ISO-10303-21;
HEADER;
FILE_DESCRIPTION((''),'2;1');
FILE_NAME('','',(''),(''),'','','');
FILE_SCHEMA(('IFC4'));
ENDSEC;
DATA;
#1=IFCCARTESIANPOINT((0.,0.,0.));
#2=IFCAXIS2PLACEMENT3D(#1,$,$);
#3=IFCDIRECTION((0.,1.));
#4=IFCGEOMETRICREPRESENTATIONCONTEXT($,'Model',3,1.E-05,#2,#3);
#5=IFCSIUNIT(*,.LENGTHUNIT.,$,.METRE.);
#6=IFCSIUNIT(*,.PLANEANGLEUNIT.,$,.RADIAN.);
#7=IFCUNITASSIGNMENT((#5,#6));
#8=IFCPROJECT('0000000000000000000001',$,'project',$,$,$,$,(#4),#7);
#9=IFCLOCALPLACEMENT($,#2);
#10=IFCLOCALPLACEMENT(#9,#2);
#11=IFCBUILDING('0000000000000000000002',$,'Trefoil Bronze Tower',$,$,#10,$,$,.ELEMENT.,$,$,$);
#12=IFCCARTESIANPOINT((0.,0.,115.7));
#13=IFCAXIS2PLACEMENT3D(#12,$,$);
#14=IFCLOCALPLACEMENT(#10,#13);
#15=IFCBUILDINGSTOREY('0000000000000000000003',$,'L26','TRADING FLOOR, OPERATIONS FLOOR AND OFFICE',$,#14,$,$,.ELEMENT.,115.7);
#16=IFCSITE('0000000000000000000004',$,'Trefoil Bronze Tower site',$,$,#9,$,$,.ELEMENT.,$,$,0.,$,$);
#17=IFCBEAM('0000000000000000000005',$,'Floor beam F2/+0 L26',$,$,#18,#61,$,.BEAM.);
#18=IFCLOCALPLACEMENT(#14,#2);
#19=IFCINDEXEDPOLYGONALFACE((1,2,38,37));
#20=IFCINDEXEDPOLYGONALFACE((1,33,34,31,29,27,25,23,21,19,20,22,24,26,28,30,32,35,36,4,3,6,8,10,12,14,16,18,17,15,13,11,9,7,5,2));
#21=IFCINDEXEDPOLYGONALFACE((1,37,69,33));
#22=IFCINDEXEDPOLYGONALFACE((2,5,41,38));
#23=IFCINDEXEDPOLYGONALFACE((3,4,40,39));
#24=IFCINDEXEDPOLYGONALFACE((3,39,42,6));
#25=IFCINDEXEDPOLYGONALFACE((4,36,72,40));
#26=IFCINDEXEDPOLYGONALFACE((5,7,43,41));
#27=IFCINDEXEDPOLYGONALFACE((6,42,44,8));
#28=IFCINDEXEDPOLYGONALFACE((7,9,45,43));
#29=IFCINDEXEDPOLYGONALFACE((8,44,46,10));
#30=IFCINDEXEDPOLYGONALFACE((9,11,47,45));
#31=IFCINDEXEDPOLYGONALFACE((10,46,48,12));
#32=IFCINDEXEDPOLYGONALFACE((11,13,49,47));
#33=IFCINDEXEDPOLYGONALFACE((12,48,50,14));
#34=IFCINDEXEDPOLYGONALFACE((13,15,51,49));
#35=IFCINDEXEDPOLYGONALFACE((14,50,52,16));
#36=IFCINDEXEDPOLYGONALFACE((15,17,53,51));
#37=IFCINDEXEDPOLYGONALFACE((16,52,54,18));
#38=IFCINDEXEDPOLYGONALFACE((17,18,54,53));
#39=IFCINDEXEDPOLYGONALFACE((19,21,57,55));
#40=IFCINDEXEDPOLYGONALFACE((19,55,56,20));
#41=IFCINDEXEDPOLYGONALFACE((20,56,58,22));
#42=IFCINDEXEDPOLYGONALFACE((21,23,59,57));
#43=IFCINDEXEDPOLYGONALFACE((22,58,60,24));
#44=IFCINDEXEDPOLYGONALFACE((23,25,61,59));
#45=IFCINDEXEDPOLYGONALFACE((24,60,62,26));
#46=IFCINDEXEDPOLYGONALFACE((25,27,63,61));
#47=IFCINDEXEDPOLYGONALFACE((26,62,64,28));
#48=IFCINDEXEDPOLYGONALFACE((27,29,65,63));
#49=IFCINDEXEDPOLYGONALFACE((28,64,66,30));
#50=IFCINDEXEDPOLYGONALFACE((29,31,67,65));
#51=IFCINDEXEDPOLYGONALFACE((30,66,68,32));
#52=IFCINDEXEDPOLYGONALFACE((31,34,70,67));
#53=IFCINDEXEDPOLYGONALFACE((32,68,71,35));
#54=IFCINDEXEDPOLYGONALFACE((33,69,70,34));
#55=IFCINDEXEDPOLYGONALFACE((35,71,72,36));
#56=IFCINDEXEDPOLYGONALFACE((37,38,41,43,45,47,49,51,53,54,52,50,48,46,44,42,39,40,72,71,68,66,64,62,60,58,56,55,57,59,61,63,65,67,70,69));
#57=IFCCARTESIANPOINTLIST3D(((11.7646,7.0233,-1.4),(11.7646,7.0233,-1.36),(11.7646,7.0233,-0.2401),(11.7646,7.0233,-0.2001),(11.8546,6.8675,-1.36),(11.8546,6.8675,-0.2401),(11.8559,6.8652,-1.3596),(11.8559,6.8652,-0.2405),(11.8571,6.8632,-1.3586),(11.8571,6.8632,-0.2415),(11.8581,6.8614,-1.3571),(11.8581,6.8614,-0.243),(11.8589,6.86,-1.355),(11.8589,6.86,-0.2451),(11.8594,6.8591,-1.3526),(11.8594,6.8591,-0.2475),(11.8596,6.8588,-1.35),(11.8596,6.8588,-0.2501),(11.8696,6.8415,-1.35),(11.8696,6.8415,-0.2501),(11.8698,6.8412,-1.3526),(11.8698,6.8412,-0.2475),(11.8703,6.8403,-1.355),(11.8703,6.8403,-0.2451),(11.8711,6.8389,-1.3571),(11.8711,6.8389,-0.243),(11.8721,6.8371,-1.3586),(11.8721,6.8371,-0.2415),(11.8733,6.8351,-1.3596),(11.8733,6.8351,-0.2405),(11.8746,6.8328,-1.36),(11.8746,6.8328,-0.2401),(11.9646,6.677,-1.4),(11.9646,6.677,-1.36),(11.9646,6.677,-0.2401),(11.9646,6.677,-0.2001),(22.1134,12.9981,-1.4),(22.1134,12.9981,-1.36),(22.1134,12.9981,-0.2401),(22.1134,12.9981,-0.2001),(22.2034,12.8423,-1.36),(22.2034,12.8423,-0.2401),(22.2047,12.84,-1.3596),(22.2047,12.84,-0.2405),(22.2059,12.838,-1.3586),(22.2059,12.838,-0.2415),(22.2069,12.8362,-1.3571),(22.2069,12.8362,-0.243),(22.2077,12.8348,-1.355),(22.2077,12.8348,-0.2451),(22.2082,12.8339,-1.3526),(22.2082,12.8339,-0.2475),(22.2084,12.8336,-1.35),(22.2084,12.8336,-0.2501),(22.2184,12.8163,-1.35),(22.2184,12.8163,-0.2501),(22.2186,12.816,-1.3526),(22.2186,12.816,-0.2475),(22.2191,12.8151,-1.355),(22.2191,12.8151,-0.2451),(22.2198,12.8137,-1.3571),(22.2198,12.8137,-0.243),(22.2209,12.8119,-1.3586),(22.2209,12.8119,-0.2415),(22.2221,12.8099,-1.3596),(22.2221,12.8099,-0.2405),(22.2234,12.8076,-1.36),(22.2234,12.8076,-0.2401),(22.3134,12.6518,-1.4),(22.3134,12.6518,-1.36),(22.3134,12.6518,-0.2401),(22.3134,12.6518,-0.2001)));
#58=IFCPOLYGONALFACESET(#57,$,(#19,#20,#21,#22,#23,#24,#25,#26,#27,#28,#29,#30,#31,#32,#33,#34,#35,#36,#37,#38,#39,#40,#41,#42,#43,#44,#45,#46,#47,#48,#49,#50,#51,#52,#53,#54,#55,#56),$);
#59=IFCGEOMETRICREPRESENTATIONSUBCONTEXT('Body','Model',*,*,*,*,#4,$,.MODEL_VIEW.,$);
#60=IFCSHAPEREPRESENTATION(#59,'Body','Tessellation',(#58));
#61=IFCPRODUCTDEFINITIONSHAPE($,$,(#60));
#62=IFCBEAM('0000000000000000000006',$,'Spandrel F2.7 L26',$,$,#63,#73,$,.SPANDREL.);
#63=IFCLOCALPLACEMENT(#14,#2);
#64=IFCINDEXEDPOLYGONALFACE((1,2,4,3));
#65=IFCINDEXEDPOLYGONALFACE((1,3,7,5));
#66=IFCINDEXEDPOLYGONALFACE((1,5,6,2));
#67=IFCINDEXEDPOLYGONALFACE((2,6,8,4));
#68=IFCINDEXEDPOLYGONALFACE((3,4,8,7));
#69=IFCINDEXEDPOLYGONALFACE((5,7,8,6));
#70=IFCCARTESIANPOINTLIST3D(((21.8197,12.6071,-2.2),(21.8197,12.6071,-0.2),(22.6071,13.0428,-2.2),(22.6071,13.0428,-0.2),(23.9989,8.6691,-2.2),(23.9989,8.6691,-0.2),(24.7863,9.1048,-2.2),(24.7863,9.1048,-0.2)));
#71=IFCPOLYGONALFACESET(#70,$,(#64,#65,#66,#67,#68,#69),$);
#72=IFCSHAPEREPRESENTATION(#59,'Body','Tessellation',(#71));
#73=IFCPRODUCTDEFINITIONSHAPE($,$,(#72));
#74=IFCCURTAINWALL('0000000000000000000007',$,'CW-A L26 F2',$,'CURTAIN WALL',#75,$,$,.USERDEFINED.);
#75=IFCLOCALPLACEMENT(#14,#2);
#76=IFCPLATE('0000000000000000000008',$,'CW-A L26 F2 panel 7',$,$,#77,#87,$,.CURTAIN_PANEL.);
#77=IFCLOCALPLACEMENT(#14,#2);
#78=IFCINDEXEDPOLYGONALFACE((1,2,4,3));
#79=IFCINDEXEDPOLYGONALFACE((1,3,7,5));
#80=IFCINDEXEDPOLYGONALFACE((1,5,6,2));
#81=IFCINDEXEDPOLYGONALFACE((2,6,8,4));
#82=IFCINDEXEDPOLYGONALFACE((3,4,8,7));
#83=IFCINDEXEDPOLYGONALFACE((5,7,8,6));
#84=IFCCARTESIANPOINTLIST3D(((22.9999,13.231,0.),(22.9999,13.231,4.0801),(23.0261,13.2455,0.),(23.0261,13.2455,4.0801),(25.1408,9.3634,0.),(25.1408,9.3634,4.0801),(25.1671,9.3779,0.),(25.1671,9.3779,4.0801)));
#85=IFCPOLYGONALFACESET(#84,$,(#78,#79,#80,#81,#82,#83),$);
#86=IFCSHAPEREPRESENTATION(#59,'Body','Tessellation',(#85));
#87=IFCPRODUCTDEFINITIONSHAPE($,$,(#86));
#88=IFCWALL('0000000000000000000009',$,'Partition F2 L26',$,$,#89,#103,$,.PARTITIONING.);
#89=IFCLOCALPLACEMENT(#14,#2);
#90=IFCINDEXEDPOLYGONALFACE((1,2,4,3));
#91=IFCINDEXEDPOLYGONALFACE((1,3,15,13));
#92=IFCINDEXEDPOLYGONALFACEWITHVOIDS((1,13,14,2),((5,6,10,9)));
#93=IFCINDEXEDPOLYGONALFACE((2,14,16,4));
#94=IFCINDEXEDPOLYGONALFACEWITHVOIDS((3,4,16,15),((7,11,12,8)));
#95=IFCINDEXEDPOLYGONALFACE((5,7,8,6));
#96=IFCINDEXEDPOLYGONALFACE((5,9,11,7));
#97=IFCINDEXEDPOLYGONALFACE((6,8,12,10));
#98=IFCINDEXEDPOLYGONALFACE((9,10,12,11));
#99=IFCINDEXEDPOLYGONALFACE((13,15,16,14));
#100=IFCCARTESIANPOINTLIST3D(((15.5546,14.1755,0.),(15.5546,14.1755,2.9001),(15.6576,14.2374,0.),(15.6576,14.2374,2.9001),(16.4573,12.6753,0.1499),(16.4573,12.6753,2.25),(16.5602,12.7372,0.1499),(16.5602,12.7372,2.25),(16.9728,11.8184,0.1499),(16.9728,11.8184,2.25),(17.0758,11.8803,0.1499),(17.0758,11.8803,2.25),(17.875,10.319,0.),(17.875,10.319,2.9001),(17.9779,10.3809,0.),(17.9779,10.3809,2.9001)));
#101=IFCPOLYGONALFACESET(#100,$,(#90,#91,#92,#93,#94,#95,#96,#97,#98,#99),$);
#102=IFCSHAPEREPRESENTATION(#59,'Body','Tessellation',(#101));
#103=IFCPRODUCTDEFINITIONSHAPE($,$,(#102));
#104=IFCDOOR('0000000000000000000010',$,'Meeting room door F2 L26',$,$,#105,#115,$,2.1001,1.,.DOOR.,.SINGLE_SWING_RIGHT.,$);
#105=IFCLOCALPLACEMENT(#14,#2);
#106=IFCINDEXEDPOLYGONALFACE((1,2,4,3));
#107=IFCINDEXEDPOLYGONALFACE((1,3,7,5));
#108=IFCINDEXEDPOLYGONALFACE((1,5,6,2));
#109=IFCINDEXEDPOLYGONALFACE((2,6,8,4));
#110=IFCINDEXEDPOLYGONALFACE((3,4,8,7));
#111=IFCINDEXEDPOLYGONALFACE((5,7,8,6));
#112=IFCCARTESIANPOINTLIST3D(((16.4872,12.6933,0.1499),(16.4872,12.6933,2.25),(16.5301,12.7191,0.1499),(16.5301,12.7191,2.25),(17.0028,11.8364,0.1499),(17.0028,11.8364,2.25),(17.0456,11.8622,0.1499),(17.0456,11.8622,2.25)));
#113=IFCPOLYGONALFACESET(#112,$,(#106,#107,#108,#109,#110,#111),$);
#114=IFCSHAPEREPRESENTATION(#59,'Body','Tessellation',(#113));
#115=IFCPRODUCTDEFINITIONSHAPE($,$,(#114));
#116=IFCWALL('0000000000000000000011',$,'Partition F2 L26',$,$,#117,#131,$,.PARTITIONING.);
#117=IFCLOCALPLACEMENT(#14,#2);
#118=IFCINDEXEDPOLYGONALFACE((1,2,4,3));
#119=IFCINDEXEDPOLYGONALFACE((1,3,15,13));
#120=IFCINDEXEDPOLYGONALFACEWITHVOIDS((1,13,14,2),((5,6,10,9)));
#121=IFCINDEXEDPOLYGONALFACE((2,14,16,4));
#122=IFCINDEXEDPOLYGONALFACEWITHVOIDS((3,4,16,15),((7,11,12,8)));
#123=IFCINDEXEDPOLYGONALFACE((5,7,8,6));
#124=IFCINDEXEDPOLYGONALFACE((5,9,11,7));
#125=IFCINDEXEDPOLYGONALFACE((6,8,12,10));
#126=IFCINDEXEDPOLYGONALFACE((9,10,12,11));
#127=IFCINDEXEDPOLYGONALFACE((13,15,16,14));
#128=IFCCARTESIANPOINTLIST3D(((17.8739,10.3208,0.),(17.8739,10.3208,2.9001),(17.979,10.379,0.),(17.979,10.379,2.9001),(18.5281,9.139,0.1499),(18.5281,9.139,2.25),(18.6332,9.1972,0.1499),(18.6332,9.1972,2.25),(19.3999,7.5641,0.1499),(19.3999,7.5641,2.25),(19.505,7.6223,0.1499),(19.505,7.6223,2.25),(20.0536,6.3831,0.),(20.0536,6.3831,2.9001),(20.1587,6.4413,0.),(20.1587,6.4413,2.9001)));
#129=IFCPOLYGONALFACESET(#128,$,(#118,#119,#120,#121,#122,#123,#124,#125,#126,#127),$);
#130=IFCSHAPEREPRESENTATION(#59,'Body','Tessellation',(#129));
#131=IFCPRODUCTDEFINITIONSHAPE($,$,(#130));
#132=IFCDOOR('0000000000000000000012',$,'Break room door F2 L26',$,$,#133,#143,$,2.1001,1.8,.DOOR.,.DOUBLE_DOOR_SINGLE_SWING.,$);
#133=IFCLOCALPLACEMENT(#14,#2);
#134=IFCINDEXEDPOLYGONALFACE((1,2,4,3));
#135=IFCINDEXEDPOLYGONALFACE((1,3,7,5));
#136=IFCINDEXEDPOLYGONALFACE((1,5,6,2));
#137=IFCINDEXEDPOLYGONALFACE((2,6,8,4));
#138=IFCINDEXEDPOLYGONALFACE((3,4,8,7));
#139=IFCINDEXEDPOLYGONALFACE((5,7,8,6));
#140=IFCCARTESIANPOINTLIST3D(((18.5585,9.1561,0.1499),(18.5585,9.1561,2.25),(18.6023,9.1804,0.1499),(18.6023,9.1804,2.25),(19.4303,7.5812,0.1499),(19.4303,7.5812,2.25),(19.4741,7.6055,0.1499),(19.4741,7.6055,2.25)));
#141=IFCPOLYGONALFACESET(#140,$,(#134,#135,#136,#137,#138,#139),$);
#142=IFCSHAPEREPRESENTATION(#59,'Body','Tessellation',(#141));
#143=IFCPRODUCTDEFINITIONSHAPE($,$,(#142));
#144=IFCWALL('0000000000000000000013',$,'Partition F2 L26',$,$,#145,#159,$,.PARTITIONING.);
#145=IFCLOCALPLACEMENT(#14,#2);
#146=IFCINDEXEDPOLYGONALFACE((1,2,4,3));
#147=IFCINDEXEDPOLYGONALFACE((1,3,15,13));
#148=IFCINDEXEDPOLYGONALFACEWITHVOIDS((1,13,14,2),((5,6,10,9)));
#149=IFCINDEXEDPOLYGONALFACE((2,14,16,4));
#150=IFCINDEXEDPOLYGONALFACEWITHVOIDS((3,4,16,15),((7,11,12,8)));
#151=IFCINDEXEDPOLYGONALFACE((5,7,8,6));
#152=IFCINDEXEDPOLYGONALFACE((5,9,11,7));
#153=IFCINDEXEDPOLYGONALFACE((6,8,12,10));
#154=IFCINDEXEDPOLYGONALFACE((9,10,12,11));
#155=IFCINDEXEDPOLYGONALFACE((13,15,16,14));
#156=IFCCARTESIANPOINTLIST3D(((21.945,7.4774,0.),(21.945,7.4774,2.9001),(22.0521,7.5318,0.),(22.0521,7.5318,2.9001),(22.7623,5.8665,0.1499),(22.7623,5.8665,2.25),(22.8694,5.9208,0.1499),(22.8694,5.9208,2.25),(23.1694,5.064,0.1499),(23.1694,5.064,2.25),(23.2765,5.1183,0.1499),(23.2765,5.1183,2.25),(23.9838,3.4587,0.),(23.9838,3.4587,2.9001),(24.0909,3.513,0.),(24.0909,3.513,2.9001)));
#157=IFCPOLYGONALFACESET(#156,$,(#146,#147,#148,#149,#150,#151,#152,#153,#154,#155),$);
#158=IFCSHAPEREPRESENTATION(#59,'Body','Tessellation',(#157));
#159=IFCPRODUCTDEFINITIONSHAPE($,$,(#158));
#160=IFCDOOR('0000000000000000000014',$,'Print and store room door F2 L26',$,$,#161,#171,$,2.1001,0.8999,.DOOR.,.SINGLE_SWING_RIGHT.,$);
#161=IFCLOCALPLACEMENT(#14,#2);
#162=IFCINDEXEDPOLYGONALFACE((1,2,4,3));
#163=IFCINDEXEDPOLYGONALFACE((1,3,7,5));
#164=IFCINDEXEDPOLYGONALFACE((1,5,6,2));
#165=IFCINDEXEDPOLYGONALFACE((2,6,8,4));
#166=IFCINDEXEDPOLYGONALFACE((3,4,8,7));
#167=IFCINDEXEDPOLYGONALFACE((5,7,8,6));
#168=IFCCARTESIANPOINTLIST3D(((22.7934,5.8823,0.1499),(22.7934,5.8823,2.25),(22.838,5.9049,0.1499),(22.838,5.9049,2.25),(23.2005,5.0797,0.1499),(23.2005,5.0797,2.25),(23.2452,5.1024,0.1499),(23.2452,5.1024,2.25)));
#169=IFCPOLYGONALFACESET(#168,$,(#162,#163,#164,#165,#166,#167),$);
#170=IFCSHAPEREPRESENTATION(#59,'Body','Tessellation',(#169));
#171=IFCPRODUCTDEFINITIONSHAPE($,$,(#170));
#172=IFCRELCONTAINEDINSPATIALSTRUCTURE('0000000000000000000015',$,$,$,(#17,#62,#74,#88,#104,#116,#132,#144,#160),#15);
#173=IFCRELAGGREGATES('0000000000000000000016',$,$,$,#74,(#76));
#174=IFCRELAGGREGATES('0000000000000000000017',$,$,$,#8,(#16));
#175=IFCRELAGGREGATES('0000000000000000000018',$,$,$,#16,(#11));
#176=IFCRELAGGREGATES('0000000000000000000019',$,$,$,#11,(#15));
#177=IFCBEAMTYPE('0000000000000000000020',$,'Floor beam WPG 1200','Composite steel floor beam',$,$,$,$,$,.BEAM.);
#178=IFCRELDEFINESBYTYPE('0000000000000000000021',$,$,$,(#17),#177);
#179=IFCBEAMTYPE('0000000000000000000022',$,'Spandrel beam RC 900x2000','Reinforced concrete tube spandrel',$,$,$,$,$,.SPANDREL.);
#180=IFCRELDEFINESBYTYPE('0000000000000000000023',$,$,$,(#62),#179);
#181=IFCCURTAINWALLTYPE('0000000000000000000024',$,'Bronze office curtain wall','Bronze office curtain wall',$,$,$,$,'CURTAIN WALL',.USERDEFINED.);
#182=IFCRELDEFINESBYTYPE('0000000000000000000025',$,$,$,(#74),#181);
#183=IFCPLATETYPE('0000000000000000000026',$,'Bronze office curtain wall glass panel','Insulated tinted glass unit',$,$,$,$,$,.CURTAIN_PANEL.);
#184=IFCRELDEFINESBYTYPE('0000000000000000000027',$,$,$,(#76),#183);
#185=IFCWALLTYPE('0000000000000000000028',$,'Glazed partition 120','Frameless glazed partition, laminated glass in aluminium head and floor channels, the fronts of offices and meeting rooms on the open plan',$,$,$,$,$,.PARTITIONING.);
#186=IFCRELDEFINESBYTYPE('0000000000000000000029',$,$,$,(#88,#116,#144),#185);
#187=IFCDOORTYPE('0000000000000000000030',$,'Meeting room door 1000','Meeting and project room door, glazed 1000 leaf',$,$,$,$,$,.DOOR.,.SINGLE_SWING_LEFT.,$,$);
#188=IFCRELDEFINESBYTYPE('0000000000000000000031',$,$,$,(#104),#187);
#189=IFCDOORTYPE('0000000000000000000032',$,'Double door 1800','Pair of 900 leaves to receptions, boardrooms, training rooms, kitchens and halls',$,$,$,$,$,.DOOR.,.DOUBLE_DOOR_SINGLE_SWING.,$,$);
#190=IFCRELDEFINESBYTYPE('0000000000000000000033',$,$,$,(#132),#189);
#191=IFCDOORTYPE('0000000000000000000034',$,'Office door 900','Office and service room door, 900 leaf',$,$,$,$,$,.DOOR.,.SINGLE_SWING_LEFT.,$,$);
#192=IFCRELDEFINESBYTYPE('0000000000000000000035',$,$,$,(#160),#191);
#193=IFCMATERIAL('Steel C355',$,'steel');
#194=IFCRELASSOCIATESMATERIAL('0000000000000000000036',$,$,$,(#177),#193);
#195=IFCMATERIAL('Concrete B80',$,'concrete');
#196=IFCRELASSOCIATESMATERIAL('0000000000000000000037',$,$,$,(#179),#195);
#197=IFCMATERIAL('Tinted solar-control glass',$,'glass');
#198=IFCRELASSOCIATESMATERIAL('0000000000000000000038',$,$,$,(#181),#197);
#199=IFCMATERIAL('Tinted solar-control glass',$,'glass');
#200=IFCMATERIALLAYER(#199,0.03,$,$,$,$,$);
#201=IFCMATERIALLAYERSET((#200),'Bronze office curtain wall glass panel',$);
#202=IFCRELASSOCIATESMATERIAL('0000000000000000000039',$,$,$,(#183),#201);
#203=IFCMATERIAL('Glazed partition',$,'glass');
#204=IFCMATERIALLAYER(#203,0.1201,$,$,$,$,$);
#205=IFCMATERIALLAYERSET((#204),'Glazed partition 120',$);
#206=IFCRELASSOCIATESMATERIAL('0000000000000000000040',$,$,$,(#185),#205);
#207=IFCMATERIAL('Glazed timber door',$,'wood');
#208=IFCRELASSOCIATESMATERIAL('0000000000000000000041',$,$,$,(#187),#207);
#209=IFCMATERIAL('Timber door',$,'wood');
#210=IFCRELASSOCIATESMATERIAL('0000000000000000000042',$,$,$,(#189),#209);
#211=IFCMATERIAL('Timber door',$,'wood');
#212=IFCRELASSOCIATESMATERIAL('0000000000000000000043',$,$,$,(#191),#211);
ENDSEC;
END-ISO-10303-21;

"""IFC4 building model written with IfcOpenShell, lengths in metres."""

from ifc_helpers import new_model, si_unit, direction, frame, frame_2d, origin, origin_2d, place, context, subcontext, project, spatial, rectangle, i_section, extrude, material, layer, layer_set, material_profile, profile_set, type_object, element, fill, aggregate, save


model = new_model("IFC4")

# Units and contexts
model_context = context("Model", 3, precision=1e-05, world=origin(), true_north=direction((0.0, 1.0)))
body_context = subcontext(model_context, "Body", "Model", "MODEL_VIEW")
ifc_project = project(units=[si_unit("LENGTHUNIT", "METRE"), si_unit("PLANEANGLEUNIT", "RADIAN")], contexts=[model_context])

# Site, building, storey
site_placement = place(None, origin())
site = spatial("IfcSite", under=ifc_project, at=site_placement, Name="Trefoil Bronze Tower site", CompositionType="ELEMENT", RefElevation=0.0)
building_placement = place(site_placement, origin())
building = spatial("IfcBuilding", under=site, at=building_placement, Name="Trefoil Bronze Tower", CompositionType="ELEMENT")
storey_placement = place(building_placement, frame((0.0, 0.0, 115.7)))
storey = spatial("IfcBuildingStorey", under=building, at=storey_placement, Name="L26", Description="TRADING FLOOR, OPERATIONS FLOOR AND OFFICE", CompositionType="ELEMENT", Elevation=115.7)

# Beams
ifc_material_1 = material(Name="Steel C355", Category="steel")
ifc_material_profile_1 = material_profile(ifc_material_1, i_section(OverallWidth=0.3999, OverallDepth=1.2, WebThickness=0.02, FlangeThickness=0.04, FilletRadius=0.01, at=origin_2d()), Name="WPG 1200")
ifc_profile_set_1 = profile_set([ifc_material_profile_1], Name="Steel C355")
beam_type_1 = type_object("IfcBeamType", Name="Floor beam WPG 1200", Description="Composite steel floor beam", PredefinedType="BEAM", material=ifc_profile_set_1)
beam_1_placement = place(storey_placement, frame((22.2134, 12.825, -0.8), z_axis=(-0.866028, -0.499995, 0.0), x_axis=(0.499995, -0.866028, 0.0)))
element("IfcBeam", 1, at=beam_1_placement, inside=storey, type_object=beam_type_1, Name="Floor beam F2/+0 L26", PredefinedType="BEAM", context=body_context, shape_type="SweptSolid", body=[
    extrude(i_section(OverallWidth=0.3999, OverallDepth=1.2, WebThickness=0.02, FlangeThickness=0.04, FilletRadius=0.01, at=origin_2d()), origin(), (0.0, 0.0, 1.0), 11.9497),
])
ifc_material_2 = material(Name="Concrete B80", Category="concrete")
ifc_material_profile_2 = material_profile(ifc_material_2, rectangle(XDim=0.8999, YDim=2.0, at=origin_2d()), Name="RC 900x2000")
ifc_profile_set_2 = profile_set([ifc_material_profile_2], Name="Concrete B80")
beam_type_2 = type_object("IfcBeamType", Name="Spandrel beam RC 900x2000", Description="Reinforced concrete tube spandrel", PredefinedType="SPANDREL", material=ifc_profile_set_2)
beam_2_placement = place(storey_placement, frame((24.3926, 8.887, -1.2), z_axis=(-0.484187, 0.874965, 0.0), x_axis=(-0.874965, -0.484187, 0.0)))
element("IfcBeam", 2, at=beam_2_placement, inside=storey, type_object=beam_type_2, Name="Spandrel F2.7 L26", PredefinedType="SPANDREL", context=body_context, shape_type="SweptSolid", body=[
    extrude(rectangle(XDim=0.8999, YDim=2.0, at=origin_2d()), origin(), (0.0, 0.0, 1.0), 4.5007),
])

# Curtain wall, plate
ifc_material_3 = material(Name="Tinted solar-control glass", Category="glass")
curtain_wall_type = type_object("IfcCurtainWallType", Name="Bronze office curtain wall", Description="Bronze office curtain wall", ElementType="CURTAIN WALL", PredefinedType="USERDEFINED", material=ifc_material_3)
curtain_wall_placement = place(storey_placement, origin())
curtain_wall = element("IfcCurtainWall", 3, at=curtain_wall_placement, inside=storey, type_object=curtain_wall_type, Name="CW-A L26 F2", ObjectType="CURTAIN WALL", PredefinedType="USERDEFINED")
ifc_material_4 = material(Name="Tinted solar-control glass", Category="glass")
ifc_layer_1 = layer(ifc_material_4, 0.03)
ifc_layer_set_1 = layer_set([ifc_layer_1], Name="Bronze office curtain wall glass panel")
plate_type = type_object("IfcPlateType", Name="Bronze office curtain wall glass panel", Description="Insulated tinted glass unit", PredefinedType="CURTAIN_PANEL", material=ifc_layer_set_1)
plate_placement = place(storey_placement, frame((24.0835, 11.3044, 0.0), z_axis=(0.0, 0.0, 1.0), x_axis=(-0.484312, 0.874895, 0.0)))
plate = element("IfcPlate", 4, at=plate_placement, type_object=plate_type, Name="CW-A L26 F2 panel 7", PredefinedType="CURTAIN_PANEL", context=body_context, shape_type="SweptSolid", body=[
    extrude(rectangle(XDim=4.4207, YDim=0.03, at=origin_2d()), origin(), (0.0, 0.0, 1.0), 4.0801),
])
aggregate(curtain_wall, [plate])

# Walls, openings, doors
ifc_material_5 = material(Name="Glazed partition", Category="glass")
ifc_layer_2 = layer(ifc_material_5, 0.1201)
ifc_layer_set_2 = layer_set([ifc_layer_2], Name="Glazed partition 120")
wall_type_1 = type_object("IfcWallType", Name="Glazed partition 120", Description="Frameless glazed partition, laminated glass in aluminium head and floor channels, the fronts of offices and meeting rooms on the open plan", PredefinedType="PARTITIONING", material=ifc_layer_set_2)
wall_1_placement = place(storey_placement, frame((17.9265, 10.3499, 0.0), z_axis=(0.0, 0.0, 1.0), x_axis=(-0.515548, 0.85686, 0.0)))
wall_1 = element("IfcWall", 5, at=wall_1_placement, inside=storey, type_object=wall_type_1, Name="Partition F2 L26", PredefinedType="PARTITIONING", context=body_context, shape_type="SweptSolid", body=[
    extrude(rectangle(XDim=4.5007, YDim=0.1201, at=frame_2d((2.2505, 0.0))), origin(), (0.0, 0.0, 1.0), 2.9001),
])
opening_1_placement = place(wall_1_placement, frame((1.75, 0.0, 0.1499)))
opening_1 = element("IfcOpeningElement", 6, at=opening_1_placement, cuts=wall_1, PredefinedType="OPENING", context=body_context, shape_type="SweptSolid", body=[
    extrude(rectangle(XDim=1.0, YDim=2.1001, at=frame_2d((0.5, 1.05))), frame((0.0, 0.0701, 0.0), z_axis=(0.0, -1.0, 0.0), x_axis=(1.0, 0.0, 0.0)), (0.0, 0.0, 1.0), 0.1401),
])
ifc_material_6 = material(Name="Glazed timber door", Category="wood")
door_type_1 = type_object("IfcDoorType", Name="Meeting room door 1000", Description="Meeting and project room door, glazed 1000 leaf", OperationType="SINGLE_SWING_LEFT", PredefinedType="DOOR", material=ifc_material_6)
door_1_placement = place(opening_1_placement, frame((1.0, 0.0, 0.0), z_axis=(0.0, 0.0, 1.0), x_axis=(-1.0, 0.0, 0.0)))
door_1 = element("IfcDoor", 7, at=door_1_placement, inside=storey, type_object=door_type_1, Name="Meeting room door F2 L26", OperationType="SINGLE_SWING_RIGHT", OverallHeight=2.1001, OverallWidth=1.0, PredefinedType="DOOR", context=body_context, shape_type="SweptSolid", body=[
    extrude(rectangle(XDim=1.0, YDim=2.1001, at=frame_2d((0.5, 1.05))), frame((0.0, 0.0249, 0.0), z_axis=(0.0, -1.0, 0.0), x_axis=(1.0, 0.0, 0.0)), (0.0, 0.0, 1.0), 0.05),
])
fill(opening_1, door_1)
wall_2_placement = place(storey_placement, frame((20.1062, 6.4121, 0.0), z_axis=(0.0, 0.0, 1.0), x_axis=(-0.484293, 0.874906, 0.0)))
wall_2 = element("IfcWall", 8, at=wall_2_placement, inside=storey, type_object=wall_type_1, Name="Partition F2 L26", PredefinedType="PARTITIONING", context=body_context, shape_type="SweptSolid", body=[
    extrude(rectangle(XDim=4.5007, YDim=0.1201, at=frame_2d((2.2505, 0.0))), origin(), (0.0, 0.0, 1.0), 2.9001),
])
opening_2_placement = place(wall_2_placement, frame((1.3501, 0.0, 0.1499)))
opening_2 = element("IfcOpeningElement", 9, at=opening_2_placement, cuts=wall_2, PredefinedType="OPENING", context=body_context, shape_type="SweptSolid", body=[
    extrude(rectangle(XDim=1.8, YDim=2.1001, at=frame_2d((0.8999, 1.05))), frame((0.0, 0.0701, 0.0), z_axis=(0.0, -1.0, 0.0), x_axis=(1.0, 0.0, 0.0)), (0.0, 0.0, 1.0), 0.1401),
])
ifc_material_7 = material(Name="Timber door", Category="wood")
door_type_2 = type_object("IfcDoorType", Name="Double door 1800", Description="Pair of 900 leaves to receptions, boardrooms, training rooms, kitchens and halls", OperationType="DOUBLE_DOOR_SINGLE_SWING", PredefinedType="DOOR", material=ifc_material_7)
door_2_placement = place(opening_2_placement, frame((1.8, 0.0, 0.0), z_axis=(0.0, 0.0, 1.0), x_axis=(-1.0, 0.0, 0.0)))
door_2 = element("IfcDoor", 10, at=door_2_placement, inside=storey, type_object=door_type_2, Name="Break room door F2 L26", OperationType="DOUBLE_DOOR_SINGLE_SWING", OverallHeight=2.1001, OverallWidth=1.8, PredefinedType="DOOR", context=body_context, shape_type="SweptSolid", body=[
    extrude(rectangle(XDim=1.8, YDim=2.1001, at=frame_2d((0.8999, 1.05))), frame((0.0, 0.0249, 0.0), z_axis=(0.0, -1.0, 0.0), x_axis=(1.0, 0.0, 0.0)), (0.0, 0.0, 1.0), 0.05),
])
fill(opening_2, door_2)
wall_3_placement = place(storey_placement, frame((24.0374, 3.4858, 0.0), z_axis=(0.0, 0.0, 1.0), x_axis=(-0.452429, 0.891801, 0.0)))
wall_3 = element("IfcWall", 11, at=wall_3_placement, inside=storey, type_object=wall_type_1, Name="Partition F2 L26", PredefinedType="PARTITIONING", context=body_context, shape_type="SweptSolid", body=[
    extrude(rectangle(XDim=4.5063, YDim=0.1201, at=frame_2d((2.2532, 0.0))), origin(), (0.0, 0.0, 1.0), 2.9001),
])
opening_3_placement = place(wall_3_placement, frame((1.8, 0.0, 0.1499)))
opening_3 = element("IfcOpeningElement", 12, at=opening_3_placement, cuts=wall_3, PredefinedType="OPENING", context=body_context, shape_type="SweptSolid", body=[
    extrude(rectangle(XDim=0.8999, YDim=2.1001, at=frame_2d((0.45, 1.05))), frame((0.0, 0.0701, 0.0), z_axis=(0.0, -1.0, 0.0), x_axis=(1.0, 0.0, 0.0)), (0.0, 0.0, 1.0), 0.1401),
])
ifc_material_8 = material(Name="Timber door", Category="wood")
door_type_3 = type_object("IfcDoorType", Name="Office door 900", Description="Office and service room door, 900 leaf", OperationType="SINGLE_SWING_LEFT", PredefinedType="DOOR", material=ifc_material_8)
door_3_placement = place(opening_3_placement, frame((0.8999, 0.0, 0.0), z_axis=(0.0, 0.0, 1.0), x_axis=(-1.0, 0.0, 0.0)))
door_3 = element("IfcDoor", 13, at=door_3_placement, inside=storey, type_object=door_type_3, Name="Print and store room door F2 L26", OperationType="SINGLE_SWING_RIGHT", OverallHeight=2.1001, OverallWidth=0.8999, PredefinedType="DOOR", context=body_context, shape_type="SweptSolid", body=[
    extrude(rectangle(XDim=0.8999, YDim=2.1001, at=frame_2d((0.45, 1.05))), frame((0.0, 0.0249, 0.0), z_axis=(0.0, -1.0, 0.0), x_axis=(1.0, 0.0, 0.0)), (0.0, 0.0, 1.0), 0.05),
])
fill(opening_3, door_3)

save(model, "model.ifc")
